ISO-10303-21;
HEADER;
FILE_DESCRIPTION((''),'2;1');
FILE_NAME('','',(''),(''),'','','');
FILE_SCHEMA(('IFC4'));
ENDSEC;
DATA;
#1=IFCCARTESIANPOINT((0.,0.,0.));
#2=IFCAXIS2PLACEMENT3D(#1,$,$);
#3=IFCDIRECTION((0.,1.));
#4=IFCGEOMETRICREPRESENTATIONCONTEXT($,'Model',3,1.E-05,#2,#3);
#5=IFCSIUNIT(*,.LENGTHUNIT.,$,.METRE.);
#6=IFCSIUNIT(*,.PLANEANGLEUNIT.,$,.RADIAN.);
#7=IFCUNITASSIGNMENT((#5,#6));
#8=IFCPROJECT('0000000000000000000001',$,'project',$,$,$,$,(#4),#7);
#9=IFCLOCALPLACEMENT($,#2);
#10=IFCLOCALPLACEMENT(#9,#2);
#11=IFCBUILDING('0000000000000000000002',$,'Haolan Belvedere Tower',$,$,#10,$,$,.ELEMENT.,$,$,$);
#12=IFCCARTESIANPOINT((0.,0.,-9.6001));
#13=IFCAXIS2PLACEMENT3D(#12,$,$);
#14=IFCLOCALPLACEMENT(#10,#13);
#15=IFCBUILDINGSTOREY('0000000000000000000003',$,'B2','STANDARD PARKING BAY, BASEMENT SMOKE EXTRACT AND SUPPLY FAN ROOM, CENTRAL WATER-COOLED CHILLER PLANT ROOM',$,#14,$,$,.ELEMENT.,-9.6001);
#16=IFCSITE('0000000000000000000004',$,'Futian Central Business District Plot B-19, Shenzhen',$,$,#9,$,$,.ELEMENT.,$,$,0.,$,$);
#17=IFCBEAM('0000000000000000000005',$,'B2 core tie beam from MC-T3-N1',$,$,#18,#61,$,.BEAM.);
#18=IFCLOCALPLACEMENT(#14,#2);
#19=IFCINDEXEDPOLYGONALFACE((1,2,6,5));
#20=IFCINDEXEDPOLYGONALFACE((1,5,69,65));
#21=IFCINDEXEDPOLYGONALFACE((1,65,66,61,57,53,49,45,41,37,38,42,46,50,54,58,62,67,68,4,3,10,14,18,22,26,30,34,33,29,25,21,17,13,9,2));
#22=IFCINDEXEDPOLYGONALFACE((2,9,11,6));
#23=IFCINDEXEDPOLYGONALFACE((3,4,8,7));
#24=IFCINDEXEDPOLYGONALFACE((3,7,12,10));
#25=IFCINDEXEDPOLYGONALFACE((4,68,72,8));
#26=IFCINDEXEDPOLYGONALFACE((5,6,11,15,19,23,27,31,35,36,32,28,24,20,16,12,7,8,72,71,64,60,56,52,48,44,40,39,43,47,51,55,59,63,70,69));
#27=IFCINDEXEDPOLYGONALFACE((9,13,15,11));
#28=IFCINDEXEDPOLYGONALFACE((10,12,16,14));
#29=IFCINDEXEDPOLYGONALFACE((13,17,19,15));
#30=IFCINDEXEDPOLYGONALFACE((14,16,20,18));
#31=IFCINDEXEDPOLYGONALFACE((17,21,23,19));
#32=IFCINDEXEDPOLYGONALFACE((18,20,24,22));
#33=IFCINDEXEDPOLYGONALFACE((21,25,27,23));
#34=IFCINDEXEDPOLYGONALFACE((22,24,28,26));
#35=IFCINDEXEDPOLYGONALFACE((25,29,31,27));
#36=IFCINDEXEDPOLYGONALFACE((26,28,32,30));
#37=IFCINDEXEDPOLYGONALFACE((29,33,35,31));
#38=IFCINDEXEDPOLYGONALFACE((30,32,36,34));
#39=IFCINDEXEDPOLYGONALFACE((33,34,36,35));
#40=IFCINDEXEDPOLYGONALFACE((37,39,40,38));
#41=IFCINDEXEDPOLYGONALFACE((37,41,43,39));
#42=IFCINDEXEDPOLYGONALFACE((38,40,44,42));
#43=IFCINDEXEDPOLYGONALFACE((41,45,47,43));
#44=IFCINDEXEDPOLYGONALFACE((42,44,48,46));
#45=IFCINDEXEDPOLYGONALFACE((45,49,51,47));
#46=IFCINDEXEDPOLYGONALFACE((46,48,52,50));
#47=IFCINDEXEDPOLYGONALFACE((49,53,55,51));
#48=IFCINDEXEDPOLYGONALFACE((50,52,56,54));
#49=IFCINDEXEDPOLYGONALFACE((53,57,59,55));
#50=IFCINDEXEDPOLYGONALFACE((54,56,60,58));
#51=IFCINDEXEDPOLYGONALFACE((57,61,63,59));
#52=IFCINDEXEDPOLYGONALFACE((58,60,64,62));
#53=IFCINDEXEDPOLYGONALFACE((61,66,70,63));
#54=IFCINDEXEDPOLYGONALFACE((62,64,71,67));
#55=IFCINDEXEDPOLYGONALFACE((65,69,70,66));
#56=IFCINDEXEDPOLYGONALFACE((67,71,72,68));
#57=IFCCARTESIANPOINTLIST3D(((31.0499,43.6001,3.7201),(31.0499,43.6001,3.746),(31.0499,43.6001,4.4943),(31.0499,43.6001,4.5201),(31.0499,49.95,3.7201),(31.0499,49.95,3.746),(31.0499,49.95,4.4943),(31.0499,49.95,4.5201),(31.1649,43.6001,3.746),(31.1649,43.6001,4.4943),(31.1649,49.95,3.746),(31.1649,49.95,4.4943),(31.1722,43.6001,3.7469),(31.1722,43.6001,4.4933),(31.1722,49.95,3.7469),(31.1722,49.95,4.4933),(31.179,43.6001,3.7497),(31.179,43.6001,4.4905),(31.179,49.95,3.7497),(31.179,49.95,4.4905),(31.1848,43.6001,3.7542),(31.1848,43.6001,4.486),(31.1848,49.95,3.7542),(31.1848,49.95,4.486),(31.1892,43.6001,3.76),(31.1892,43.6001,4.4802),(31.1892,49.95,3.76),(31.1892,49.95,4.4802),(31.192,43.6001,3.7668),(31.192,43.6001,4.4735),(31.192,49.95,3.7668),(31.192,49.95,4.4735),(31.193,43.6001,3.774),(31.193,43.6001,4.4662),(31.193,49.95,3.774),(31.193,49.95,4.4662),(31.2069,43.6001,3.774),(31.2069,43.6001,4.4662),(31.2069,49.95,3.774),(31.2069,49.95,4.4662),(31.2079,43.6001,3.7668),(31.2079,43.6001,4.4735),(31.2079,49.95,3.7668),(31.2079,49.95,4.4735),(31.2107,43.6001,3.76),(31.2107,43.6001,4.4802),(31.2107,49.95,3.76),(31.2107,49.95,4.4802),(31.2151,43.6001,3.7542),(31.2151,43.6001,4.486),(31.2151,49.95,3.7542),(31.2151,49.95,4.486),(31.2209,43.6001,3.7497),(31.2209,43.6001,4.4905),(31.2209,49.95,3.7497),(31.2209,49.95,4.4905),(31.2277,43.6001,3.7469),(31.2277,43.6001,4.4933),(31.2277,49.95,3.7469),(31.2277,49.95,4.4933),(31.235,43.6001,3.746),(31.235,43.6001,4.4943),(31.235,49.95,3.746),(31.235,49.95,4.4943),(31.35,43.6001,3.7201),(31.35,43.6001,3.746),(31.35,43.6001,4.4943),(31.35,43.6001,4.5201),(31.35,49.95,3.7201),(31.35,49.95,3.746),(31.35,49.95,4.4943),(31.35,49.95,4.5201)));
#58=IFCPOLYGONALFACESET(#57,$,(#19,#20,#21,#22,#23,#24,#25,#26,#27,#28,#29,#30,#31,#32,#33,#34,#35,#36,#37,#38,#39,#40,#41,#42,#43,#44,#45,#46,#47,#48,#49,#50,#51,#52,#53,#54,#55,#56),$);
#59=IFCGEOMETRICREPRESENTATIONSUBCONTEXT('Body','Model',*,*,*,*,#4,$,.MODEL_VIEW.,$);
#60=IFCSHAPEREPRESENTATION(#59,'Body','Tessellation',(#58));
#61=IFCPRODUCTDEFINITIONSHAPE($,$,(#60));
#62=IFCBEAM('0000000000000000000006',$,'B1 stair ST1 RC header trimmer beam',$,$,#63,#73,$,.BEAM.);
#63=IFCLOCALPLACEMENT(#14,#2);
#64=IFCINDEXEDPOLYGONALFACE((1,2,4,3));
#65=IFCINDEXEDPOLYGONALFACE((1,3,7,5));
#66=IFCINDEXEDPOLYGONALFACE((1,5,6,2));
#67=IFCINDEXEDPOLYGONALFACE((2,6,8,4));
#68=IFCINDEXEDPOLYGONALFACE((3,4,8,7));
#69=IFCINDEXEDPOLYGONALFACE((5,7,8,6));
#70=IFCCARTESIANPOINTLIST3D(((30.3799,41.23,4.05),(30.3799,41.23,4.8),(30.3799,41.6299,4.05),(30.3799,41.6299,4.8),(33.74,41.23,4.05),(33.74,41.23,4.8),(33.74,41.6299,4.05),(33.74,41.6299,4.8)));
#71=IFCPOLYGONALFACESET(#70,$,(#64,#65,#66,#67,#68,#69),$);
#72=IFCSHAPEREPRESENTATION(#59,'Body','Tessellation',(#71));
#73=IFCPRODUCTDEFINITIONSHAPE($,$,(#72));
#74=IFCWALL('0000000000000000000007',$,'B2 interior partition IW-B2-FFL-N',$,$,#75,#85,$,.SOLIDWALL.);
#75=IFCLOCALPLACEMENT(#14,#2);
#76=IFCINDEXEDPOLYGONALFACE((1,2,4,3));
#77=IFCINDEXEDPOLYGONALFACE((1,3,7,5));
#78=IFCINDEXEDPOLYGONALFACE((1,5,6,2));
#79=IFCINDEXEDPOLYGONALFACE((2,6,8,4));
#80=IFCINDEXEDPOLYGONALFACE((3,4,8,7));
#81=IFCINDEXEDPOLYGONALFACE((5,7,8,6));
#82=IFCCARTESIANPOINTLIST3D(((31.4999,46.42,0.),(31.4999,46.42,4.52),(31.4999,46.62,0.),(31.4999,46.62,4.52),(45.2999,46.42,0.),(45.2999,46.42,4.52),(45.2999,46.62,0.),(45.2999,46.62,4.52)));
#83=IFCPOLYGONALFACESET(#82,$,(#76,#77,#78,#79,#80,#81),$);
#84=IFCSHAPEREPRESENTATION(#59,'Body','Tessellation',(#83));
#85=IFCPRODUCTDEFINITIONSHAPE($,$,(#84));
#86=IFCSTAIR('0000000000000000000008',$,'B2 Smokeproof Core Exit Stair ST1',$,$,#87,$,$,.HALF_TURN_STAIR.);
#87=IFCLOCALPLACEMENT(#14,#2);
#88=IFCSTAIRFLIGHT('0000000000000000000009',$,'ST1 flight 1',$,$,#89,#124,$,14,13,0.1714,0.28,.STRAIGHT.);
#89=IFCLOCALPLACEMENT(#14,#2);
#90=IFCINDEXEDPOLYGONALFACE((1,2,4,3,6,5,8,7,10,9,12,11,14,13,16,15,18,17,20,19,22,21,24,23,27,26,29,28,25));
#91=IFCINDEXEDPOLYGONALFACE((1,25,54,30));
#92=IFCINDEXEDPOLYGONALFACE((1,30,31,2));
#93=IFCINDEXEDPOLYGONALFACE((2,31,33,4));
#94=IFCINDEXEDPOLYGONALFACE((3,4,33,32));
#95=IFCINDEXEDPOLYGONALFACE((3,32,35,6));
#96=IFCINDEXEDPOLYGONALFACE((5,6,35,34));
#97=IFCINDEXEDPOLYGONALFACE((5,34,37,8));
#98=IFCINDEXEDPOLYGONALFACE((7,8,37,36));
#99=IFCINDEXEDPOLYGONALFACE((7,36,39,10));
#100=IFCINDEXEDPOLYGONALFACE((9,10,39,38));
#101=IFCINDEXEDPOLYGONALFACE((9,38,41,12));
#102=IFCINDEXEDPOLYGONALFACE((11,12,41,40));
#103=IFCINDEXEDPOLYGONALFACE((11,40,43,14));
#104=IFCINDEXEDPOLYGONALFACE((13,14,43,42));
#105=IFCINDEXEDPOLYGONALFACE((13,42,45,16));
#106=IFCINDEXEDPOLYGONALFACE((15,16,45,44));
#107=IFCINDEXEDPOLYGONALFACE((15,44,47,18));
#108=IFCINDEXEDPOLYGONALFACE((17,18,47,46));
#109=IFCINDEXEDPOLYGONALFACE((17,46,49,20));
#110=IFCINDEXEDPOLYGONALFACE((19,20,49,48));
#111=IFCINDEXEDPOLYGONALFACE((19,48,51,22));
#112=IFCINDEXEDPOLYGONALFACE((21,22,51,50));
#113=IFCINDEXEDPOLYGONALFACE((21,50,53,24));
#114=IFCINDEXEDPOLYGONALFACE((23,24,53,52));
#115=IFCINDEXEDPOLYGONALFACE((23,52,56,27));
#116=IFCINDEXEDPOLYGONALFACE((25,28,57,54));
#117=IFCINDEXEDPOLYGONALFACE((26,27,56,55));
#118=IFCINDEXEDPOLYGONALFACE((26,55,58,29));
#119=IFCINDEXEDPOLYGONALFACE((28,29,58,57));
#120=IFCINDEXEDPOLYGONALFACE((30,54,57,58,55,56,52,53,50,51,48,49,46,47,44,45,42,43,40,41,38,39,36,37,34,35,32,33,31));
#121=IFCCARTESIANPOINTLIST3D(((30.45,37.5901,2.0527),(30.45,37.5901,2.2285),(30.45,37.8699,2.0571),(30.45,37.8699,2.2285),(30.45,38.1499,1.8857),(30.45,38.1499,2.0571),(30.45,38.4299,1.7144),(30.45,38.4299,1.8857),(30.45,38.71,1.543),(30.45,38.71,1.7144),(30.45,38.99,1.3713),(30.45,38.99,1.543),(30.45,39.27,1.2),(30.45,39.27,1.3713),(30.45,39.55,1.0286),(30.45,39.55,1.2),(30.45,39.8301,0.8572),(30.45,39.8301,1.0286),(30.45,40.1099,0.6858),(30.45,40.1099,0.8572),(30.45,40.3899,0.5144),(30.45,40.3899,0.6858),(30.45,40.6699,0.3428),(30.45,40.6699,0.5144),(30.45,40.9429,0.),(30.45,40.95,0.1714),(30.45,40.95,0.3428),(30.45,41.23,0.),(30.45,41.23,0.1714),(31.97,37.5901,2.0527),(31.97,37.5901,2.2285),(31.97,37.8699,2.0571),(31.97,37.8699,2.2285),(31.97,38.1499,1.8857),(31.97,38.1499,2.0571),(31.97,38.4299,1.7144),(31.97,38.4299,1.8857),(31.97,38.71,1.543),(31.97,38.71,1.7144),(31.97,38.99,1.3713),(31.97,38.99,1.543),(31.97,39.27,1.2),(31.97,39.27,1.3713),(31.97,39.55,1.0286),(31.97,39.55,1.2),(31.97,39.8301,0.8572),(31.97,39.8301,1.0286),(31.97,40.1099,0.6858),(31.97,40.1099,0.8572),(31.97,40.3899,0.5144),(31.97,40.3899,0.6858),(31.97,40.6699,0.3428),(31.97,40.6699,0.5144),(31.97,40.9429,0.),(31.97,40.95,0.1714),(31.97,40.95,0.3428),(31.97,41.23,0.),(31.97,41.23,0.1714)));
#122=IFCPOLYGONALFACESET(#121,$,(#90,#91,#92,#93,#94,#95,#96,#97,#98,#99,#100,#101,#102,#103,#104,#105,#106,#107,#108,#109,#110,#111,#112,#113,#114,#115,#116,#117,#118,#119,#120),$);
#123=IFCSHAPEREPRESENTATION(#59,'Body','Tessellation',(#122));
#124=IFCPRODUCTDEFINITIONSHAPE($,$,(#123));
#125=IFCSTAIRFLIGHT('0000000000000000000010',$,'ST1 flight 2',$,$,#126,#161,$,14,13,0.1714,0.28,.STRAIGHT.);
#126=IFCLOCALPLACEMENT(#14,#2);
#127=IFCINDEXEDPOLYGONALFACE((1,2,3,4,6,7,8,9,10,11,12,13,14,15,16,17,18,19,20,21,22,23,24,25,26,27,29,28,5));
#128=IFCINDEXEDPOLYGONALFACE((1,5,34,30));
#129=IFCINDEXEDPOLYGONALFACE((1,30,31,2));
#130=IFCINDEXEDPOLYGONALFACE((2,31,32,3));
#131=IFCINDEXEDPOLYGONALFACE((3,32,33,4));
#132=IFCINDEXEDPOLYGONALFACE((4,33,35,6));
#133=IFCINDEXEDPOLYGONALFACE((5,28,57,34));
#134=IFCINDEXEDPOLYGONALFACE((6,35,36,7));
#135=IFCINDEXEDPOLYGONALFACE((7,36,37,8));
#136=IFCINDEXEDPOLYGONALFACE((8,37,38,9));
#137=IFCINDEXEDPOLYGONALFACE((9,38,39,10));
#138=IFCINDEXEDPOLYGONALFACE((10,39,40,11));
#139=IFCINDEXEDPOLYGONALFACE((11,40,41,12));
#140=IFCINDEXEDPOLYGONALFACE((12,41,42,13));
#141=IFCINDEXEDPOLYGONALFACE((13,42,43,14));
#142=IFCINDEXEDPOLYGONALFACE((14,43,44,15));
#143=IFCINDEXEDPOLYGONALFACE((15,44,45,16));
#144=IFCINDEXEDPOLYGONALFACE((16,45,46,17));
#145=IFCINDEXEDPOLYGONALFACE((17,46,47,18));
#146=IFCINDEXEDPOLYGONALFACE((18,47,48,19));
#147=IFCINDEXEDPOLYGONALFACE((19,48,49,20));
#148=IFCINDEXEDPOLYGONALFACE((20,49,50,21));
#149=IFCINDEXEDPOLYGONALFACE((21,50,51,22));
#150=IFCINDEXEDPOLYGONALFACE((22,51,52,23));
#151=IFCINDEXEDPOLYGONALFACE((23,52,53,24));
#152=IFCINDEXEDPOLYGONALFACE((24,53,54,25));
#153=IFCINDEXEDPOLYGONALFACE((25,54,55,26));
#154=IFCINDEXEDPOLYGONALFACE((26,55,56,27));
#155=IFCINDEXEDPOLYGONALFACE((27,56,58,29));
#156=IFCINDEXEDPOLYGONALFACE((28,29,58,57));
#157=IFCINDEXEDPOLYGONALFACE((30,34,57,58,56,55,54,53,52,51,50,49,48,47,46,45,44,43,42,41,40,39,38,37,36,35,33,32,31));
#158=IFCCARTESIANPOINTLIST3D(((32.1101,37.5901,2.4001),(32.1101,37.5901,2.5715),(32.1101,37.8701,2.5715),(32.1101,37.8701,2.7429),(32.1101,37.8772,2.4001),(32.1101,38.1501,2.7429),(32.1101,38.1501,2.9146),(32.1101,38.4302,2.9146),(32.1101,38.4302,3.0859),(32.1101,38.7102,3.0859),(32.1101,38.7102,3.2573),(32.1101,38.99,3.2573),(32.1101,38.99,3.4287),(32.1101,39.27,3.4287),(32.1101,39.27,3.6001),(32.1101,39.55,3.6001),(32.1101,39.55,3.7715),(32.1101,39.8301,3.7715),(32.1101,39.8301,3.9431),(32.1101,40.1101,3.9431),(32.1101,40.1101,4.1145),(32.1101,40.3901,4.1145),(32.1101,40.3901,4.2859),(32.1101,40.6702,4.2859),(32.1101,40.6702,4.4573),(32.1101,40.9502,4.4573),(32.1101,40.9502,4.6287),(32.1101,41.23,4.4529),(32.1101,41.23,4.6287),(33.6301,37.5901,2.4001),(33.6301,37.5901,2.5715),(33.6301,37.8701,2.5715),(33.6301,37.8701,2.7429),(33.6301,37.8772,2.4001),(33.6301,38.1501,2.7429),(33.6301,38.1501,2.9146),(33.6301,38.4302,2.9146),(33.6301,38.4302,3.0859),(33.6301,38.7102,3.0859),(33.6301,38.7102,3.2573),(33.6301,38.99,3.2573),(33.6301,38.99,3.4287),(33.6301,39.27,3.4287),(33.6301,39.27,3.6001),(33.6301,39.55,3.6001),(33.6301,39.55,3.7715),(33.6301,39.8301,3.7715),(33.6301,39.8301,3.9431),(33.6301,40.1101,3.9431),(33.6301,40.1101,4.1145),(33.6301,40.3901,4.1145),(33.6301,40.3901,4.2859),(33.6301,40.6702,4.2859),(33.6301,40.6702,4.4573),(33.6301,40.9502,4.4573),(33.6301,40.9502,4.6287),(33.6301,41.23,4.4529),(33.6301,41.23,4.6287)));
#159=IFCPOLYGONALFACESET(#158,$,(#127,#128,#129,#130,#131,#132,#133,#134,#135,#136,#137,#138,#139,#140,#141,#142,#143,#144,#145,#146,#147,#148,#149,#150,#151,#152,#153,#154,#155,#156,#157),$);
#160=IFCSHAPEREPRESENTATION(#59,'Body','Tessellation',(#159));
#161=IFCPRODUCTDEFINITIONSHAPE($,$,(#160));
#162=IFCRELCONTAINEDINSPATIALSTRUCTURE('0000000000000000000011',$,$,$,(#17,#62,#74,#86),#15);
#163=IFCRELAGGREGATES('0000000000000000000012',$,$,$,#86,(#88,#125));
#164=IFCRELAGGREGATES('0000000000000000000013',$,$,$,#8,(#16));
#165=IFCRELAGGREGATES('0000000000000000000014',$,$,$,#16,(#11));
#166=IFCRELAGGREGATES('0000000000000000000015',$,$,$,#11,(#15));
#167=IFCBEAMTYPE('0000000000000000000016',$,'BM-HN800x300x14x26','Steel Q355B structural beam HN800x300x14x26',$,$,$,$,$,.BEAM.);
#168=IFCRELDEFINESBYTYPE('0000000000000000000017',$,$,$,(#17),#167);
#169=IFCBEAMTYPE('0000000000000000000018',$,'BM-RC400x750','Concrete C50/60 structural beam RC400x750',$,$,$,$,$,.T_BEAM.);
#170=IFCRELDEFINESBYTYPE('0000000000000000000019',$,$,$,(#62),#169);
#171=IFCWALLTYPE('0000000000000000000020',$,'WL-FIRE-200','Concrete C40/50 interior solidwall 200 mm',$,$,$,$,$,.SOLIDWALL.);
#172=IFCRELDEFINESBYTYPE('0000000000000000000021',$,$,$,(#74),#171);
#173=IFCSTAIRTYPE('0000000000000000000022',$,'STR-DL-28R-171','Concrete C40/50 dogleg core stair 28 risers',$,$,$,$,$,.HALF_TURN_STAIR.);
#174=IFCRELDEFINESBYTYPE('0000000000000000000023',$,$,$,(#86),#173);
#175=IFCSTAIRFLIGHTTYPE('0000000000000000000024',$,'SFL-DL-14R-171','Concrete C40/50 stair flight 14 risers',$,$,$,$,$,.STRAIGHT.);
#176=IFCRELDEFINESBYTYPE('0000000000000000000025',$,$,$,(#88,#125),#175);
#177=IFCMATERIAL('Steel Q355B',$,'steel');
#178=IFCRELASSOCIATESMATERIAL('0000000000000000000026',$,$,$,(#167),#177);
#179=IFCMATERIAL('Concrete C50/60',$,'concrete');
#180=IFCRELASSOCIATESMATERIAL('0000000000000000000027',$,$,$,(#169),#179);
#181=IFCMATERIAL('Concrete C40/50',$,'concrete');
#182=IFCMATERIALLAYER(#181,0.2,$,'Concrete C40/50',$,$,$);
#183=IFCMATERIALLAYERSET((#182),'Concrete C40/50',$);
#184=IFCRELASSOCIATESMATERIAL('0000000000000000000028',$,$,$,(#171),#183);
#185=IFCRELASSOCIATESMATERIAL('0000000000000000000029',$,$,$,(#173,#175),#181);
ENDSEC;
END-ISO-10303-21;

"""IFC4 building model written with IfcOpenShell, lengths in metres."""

from ifc_helpers import new_model, si_unit, direction, frame, frame_2d, origin, origin_2d, place, context, subcontext, project, spatial, polyline, rectangle, i_section, outline, extrude, material, layer, layer_set, material_profile, profile_set, type_object, element, aggregate, save


model = new_model("IFC4")

# Units and contexts
model_context = context("Model", 3, precision=1e-05, world=origin(), true_north=direction((0.0, 1.0)))
body_context = subcontext(model_context, "Body", "Model", "MODEL_VIEW")
ifc_project = project(units=[si_unit("LENGTHUNIT", "METRE"), si_unit("PLANEANGLEUNIT", "RADIAN")], contexts=[model_context])

# Site, building, storey
site_placement = place(None, origin())
site = spatial("IfcSite", under=ifc_project, at=site_placement, Name="Futian Central Business District Plot B-19, Shenzhen", CompositionType="ELEMENT", RefElevation=0.0)
building_placement = place(site_placement, origin())
building = spatial("IfcBuilding", under=site, at=building_placement, Name="Haolan Belvedere Tower", CompositionType="ELEMENT")
storey_placement = place(building_placement, frame((0.0, 0.0, -9.6001)))
storey = spatial("IfcBuildingStorey", under=building, at=storey_placement, Name="B2", Description="STANDARD PARKING BAY, BASEMENT SMOKE EXTRACT AND SUPPLY FAN ROOM, CENTRAL WATER-COOLED CHILLER PLANT ROOM", CompositionType="ELEMENT", Elevation=-9.6001)

# Shared definitions
ifc_material_1 = material(Name="Steel Q355B", Category="steel")

# Beams
ifc_material_profile_1 = material_profile(ifc_material_1, i_section(OverallWidth=0.3, OverallDepth=0.8, WebThickness=0.0139, FlangeThickness=0.0259, FilletRadius=0.0281, at=origin_2d()), Name="Steel Q355B")
ifc_profile_set_1 = profile_set([ifc_material_profile_1], Name="Steel Q355B")
beam_type_1 = type_object("IfcBeamType", Name="BM-HN800x300x14x26", Description="Steel Q355B structural beam HN800x300x14x26", PredefinedType="BEAM", material=ifc_profile_set_1)
beam_1_placement = place(storey_placement, frame((31.2, 49.95, 4.1201), z_axis=(0.0, -1.0, 0.0), x_axis=(1.0, 0.0, 0.0)))
element("IfcBeam", 1, at=beam_1_placement, inside=storey, type_object=beam_type_1, Name="B2 core tie beam from MC-T3-N1", PredefinedType="BEAM", context=body_context, shape_type="SweptSolid", body=[
    extrude(i_section(OverallWidth=0.3, OverallDepth=0.8, WebThickness=0.0139, FlangeThickness=0.0259, FilletRadius=0.0281, at=origin_2d()), origin(), (0.0, 0.0, 1.0), 6.3499),
])
ifc_material_2 = material(Name="Concrete C50/60", Category="concrete")
ifc_material_profile_2 = material_profile(ifc_material_2, rectangle(XDim=0.3999, YDim=0.75, at=origin_2d()), Name="Concrete C50/60")
ifc_profile_set_2 = profile_set([ifc_material_profile_2], Name="Concrete C50/60")
beam_type_2 = type_object("IfcBeamType", Name="BM-RC400x750", Description="Concrete C50/60 structural beam RC400x750", PredefinedType="T_BEAM", material=ifc_profile_set_2)
beam_2_placement = place(storey_placement, frame((30.3799, 41.4299, 4.425), z_axis=(1.0, 0.0, 0.0), x_axis=(0.0, 1.0, 0.0)))
element("IfcBeam", 2, at=beam_2_placement, inside=storey, type_object=beam_type_2, Name="B1 stair ST1 RC header trimmer beam", PredefinedType="BEAM", context=body_context, shape_type="SweptSolid", body=[
    extrude(rectangle(XDim=0.3999, YDim=0.75, at=origin_2d()), origin(), (0.0, 0.0, 1.0), 3.3601),
])

# Wall
ifc_material_3 = material(Name="Concrete C40/50", Category="concrete")
ifc_layer_1 = layer(ifc_material_3, 0.2, Name="Concrete C40/50")
ifc_layer_set_1 = layer_set([ifc_layer_1], Name="Concrete C40/50")
wall_type_1 = type_object("IfcWallType", Name="WL-FIRE-200", Description="Concrete C40/50 interior solidwall 200 mm", PredefinedType="SOLIDWALL", material=ifc_layer_set_1)
wall_1_placement = place(storey_placement, frame((31.5, 46.52, 0.0), z_axis=(0.0, 0.0, 1.0), x_axis=(1.0, 0.0, 0.0)))
element("IfcWall", 3, at=wall_1_placement, inside=storey, type_object=wall_type_1, Name="B2 interior partition IW-B2-FFL-N", PredefinedType="SOLIDWALL", context=body_context, shape_type="SweptSolid", body=[
    extrude(rectangle(XDim=13.8, YDim=0.2, at=frame_2d((6.8999, 0.0))), origin(), (0.0, 0.0, 1.0), 4.52),
])

# Stair, stair flights
stair_type = type_object("IfcStairType", Name="STR-DL-28R-171", Description="Concrete C40/50 dogleg core stair 28 risers", PredefinedType="HALF_TURN_STAIR", material=ifc_material_3)
stair_placement = place(storey_placement, origin())
stair = element("IfcStair", 4, at=stair_placement, inside=storey, type_object=stair_type, Name="B2 Smokeproof Core Exit Stair ST1", PredefinedType="HALF_TURN_STAIR")
stair_flight_type = type_object("IfcStairFlightType", Name="SFL-DL-14R-171", Description="Concrete C40/50 stair flight 14 risers", PredefinedType="STRAIGHT", material=ifc_material_3)
stair_flight_1_placement = place(storey_placement, frame((31.21, 41.23, 0.0), z_axis=(0.0, 0.0, 1.0), x_axis=(0.0, -1.0, 0.0)))
stair_flight_1 = element("IfcStairFlight", 5, at=stair_flight_1_placement, type_object=stair_flight_type, Name="ST1 flight 1", NumberOfRisers=14, NumberOfTreads=13, PredefinedType="STRAIGHT", RiserHeight=0.1714, TreadLength=0.28, context=body_context, shape_type="SweptSolid", body=[
    extrude(outline(polyline([(0.0, 0.0), (0.0, 0.1714), (0.28, 0.1714), (0.28, 0.3428), (0.5601, 0.3428), (0.5601, 0.5144), (0.8401, 0.5144), (0.8401, 0.6858), (1.1201, 0.6858), (1.1201, 0.8572), (1.3999, 0.8572), (1.3999, 1.0286), (1.6799, 1.0286), (1.6799, 1.2), (1.96, 1.2), (1.96, 1.3713), (2.24, 1.3713), (2.24, 1.543), (2.52, 1.543), (2.52, 1.7144), (2.8, 1.7144), (2.8, 1.8857), (3.0801, 1.8857), (3.0801, 2.0571), (3.3601, 2.0571), (3.3601, 2.2285), (3.6399, 2.2285), (3.6399, 2.3999), (3.6399, 2.0527), (0.2871, 0.0), (0.0, 0.0)])), frame((0.0, 0.76, 0.0), z_axis=(0.0, -1.0, 0.0), x_axis=(1.0, 0.0, 0.0)), (0.0, 0.0, 1.0), 1.52),
])
stair_flight_2_placement = place(storey_placement, frame((32.8701, 37.5901, 2.4001), z_axis=(0.0, 0.0, 1.0), x_axis=(0.0, 1.0, 0.0)))
stair_flight_2 = element("IfcStairFlight", 6, at=stair_flight_2_placement, type_object=stair_flight_type, Name="ST1 flight 2", NumberOfRisers=14, NumberOfTreads=13, PredefinedType="STRAIGHT", RiserHeight=0.1714, TreadLength=0.28, context=body_context, shape_type="SweptSolid", body=[
    extrude(outline(polyline([(0.0, 0.0), (0.0, 0.1714), (0.28, 0.1714), (0.28, 0.3428), (0.5601, 0.3428), (0.5601, 0.5144), (0.8401, 0.5144), (0.8401, 0.6858), (1.1201, 0.6858), (1.1201, 0.8572), (1.3999, 0.8572), (1.3999, 1.0286), (1.6799, 1.0286), (1.6799, 1.2), (1.96, 1.2), (1.96, 1.3713), (2.24, 1.3713), (2.24, 1.543), (2.52, 1.543), (2.52, 1.7144), (2.8, 1.7144), (2.8, 1.8857), (3.0801, 1.8857), (3.0801, 2.0571), (3.3601, 2.0571), (3.3601, 2.2285), (3.6399, 2.2285), (3.6399, 2.3999), (3.6399, 2.0527), (0.2871, 0.0), (0.0, 0.0)])), frame((0.0, 0.76, 0.0), z_axis=(0.0, -1.0, 0.0), x_axis=(1.0, 0.0, 0.0)), (0.0, 0.0, 1.0), 1.52),
])
aggregate(stair, [stair_flight_1, stair_flight_2])

save(model, "model.ifc")
